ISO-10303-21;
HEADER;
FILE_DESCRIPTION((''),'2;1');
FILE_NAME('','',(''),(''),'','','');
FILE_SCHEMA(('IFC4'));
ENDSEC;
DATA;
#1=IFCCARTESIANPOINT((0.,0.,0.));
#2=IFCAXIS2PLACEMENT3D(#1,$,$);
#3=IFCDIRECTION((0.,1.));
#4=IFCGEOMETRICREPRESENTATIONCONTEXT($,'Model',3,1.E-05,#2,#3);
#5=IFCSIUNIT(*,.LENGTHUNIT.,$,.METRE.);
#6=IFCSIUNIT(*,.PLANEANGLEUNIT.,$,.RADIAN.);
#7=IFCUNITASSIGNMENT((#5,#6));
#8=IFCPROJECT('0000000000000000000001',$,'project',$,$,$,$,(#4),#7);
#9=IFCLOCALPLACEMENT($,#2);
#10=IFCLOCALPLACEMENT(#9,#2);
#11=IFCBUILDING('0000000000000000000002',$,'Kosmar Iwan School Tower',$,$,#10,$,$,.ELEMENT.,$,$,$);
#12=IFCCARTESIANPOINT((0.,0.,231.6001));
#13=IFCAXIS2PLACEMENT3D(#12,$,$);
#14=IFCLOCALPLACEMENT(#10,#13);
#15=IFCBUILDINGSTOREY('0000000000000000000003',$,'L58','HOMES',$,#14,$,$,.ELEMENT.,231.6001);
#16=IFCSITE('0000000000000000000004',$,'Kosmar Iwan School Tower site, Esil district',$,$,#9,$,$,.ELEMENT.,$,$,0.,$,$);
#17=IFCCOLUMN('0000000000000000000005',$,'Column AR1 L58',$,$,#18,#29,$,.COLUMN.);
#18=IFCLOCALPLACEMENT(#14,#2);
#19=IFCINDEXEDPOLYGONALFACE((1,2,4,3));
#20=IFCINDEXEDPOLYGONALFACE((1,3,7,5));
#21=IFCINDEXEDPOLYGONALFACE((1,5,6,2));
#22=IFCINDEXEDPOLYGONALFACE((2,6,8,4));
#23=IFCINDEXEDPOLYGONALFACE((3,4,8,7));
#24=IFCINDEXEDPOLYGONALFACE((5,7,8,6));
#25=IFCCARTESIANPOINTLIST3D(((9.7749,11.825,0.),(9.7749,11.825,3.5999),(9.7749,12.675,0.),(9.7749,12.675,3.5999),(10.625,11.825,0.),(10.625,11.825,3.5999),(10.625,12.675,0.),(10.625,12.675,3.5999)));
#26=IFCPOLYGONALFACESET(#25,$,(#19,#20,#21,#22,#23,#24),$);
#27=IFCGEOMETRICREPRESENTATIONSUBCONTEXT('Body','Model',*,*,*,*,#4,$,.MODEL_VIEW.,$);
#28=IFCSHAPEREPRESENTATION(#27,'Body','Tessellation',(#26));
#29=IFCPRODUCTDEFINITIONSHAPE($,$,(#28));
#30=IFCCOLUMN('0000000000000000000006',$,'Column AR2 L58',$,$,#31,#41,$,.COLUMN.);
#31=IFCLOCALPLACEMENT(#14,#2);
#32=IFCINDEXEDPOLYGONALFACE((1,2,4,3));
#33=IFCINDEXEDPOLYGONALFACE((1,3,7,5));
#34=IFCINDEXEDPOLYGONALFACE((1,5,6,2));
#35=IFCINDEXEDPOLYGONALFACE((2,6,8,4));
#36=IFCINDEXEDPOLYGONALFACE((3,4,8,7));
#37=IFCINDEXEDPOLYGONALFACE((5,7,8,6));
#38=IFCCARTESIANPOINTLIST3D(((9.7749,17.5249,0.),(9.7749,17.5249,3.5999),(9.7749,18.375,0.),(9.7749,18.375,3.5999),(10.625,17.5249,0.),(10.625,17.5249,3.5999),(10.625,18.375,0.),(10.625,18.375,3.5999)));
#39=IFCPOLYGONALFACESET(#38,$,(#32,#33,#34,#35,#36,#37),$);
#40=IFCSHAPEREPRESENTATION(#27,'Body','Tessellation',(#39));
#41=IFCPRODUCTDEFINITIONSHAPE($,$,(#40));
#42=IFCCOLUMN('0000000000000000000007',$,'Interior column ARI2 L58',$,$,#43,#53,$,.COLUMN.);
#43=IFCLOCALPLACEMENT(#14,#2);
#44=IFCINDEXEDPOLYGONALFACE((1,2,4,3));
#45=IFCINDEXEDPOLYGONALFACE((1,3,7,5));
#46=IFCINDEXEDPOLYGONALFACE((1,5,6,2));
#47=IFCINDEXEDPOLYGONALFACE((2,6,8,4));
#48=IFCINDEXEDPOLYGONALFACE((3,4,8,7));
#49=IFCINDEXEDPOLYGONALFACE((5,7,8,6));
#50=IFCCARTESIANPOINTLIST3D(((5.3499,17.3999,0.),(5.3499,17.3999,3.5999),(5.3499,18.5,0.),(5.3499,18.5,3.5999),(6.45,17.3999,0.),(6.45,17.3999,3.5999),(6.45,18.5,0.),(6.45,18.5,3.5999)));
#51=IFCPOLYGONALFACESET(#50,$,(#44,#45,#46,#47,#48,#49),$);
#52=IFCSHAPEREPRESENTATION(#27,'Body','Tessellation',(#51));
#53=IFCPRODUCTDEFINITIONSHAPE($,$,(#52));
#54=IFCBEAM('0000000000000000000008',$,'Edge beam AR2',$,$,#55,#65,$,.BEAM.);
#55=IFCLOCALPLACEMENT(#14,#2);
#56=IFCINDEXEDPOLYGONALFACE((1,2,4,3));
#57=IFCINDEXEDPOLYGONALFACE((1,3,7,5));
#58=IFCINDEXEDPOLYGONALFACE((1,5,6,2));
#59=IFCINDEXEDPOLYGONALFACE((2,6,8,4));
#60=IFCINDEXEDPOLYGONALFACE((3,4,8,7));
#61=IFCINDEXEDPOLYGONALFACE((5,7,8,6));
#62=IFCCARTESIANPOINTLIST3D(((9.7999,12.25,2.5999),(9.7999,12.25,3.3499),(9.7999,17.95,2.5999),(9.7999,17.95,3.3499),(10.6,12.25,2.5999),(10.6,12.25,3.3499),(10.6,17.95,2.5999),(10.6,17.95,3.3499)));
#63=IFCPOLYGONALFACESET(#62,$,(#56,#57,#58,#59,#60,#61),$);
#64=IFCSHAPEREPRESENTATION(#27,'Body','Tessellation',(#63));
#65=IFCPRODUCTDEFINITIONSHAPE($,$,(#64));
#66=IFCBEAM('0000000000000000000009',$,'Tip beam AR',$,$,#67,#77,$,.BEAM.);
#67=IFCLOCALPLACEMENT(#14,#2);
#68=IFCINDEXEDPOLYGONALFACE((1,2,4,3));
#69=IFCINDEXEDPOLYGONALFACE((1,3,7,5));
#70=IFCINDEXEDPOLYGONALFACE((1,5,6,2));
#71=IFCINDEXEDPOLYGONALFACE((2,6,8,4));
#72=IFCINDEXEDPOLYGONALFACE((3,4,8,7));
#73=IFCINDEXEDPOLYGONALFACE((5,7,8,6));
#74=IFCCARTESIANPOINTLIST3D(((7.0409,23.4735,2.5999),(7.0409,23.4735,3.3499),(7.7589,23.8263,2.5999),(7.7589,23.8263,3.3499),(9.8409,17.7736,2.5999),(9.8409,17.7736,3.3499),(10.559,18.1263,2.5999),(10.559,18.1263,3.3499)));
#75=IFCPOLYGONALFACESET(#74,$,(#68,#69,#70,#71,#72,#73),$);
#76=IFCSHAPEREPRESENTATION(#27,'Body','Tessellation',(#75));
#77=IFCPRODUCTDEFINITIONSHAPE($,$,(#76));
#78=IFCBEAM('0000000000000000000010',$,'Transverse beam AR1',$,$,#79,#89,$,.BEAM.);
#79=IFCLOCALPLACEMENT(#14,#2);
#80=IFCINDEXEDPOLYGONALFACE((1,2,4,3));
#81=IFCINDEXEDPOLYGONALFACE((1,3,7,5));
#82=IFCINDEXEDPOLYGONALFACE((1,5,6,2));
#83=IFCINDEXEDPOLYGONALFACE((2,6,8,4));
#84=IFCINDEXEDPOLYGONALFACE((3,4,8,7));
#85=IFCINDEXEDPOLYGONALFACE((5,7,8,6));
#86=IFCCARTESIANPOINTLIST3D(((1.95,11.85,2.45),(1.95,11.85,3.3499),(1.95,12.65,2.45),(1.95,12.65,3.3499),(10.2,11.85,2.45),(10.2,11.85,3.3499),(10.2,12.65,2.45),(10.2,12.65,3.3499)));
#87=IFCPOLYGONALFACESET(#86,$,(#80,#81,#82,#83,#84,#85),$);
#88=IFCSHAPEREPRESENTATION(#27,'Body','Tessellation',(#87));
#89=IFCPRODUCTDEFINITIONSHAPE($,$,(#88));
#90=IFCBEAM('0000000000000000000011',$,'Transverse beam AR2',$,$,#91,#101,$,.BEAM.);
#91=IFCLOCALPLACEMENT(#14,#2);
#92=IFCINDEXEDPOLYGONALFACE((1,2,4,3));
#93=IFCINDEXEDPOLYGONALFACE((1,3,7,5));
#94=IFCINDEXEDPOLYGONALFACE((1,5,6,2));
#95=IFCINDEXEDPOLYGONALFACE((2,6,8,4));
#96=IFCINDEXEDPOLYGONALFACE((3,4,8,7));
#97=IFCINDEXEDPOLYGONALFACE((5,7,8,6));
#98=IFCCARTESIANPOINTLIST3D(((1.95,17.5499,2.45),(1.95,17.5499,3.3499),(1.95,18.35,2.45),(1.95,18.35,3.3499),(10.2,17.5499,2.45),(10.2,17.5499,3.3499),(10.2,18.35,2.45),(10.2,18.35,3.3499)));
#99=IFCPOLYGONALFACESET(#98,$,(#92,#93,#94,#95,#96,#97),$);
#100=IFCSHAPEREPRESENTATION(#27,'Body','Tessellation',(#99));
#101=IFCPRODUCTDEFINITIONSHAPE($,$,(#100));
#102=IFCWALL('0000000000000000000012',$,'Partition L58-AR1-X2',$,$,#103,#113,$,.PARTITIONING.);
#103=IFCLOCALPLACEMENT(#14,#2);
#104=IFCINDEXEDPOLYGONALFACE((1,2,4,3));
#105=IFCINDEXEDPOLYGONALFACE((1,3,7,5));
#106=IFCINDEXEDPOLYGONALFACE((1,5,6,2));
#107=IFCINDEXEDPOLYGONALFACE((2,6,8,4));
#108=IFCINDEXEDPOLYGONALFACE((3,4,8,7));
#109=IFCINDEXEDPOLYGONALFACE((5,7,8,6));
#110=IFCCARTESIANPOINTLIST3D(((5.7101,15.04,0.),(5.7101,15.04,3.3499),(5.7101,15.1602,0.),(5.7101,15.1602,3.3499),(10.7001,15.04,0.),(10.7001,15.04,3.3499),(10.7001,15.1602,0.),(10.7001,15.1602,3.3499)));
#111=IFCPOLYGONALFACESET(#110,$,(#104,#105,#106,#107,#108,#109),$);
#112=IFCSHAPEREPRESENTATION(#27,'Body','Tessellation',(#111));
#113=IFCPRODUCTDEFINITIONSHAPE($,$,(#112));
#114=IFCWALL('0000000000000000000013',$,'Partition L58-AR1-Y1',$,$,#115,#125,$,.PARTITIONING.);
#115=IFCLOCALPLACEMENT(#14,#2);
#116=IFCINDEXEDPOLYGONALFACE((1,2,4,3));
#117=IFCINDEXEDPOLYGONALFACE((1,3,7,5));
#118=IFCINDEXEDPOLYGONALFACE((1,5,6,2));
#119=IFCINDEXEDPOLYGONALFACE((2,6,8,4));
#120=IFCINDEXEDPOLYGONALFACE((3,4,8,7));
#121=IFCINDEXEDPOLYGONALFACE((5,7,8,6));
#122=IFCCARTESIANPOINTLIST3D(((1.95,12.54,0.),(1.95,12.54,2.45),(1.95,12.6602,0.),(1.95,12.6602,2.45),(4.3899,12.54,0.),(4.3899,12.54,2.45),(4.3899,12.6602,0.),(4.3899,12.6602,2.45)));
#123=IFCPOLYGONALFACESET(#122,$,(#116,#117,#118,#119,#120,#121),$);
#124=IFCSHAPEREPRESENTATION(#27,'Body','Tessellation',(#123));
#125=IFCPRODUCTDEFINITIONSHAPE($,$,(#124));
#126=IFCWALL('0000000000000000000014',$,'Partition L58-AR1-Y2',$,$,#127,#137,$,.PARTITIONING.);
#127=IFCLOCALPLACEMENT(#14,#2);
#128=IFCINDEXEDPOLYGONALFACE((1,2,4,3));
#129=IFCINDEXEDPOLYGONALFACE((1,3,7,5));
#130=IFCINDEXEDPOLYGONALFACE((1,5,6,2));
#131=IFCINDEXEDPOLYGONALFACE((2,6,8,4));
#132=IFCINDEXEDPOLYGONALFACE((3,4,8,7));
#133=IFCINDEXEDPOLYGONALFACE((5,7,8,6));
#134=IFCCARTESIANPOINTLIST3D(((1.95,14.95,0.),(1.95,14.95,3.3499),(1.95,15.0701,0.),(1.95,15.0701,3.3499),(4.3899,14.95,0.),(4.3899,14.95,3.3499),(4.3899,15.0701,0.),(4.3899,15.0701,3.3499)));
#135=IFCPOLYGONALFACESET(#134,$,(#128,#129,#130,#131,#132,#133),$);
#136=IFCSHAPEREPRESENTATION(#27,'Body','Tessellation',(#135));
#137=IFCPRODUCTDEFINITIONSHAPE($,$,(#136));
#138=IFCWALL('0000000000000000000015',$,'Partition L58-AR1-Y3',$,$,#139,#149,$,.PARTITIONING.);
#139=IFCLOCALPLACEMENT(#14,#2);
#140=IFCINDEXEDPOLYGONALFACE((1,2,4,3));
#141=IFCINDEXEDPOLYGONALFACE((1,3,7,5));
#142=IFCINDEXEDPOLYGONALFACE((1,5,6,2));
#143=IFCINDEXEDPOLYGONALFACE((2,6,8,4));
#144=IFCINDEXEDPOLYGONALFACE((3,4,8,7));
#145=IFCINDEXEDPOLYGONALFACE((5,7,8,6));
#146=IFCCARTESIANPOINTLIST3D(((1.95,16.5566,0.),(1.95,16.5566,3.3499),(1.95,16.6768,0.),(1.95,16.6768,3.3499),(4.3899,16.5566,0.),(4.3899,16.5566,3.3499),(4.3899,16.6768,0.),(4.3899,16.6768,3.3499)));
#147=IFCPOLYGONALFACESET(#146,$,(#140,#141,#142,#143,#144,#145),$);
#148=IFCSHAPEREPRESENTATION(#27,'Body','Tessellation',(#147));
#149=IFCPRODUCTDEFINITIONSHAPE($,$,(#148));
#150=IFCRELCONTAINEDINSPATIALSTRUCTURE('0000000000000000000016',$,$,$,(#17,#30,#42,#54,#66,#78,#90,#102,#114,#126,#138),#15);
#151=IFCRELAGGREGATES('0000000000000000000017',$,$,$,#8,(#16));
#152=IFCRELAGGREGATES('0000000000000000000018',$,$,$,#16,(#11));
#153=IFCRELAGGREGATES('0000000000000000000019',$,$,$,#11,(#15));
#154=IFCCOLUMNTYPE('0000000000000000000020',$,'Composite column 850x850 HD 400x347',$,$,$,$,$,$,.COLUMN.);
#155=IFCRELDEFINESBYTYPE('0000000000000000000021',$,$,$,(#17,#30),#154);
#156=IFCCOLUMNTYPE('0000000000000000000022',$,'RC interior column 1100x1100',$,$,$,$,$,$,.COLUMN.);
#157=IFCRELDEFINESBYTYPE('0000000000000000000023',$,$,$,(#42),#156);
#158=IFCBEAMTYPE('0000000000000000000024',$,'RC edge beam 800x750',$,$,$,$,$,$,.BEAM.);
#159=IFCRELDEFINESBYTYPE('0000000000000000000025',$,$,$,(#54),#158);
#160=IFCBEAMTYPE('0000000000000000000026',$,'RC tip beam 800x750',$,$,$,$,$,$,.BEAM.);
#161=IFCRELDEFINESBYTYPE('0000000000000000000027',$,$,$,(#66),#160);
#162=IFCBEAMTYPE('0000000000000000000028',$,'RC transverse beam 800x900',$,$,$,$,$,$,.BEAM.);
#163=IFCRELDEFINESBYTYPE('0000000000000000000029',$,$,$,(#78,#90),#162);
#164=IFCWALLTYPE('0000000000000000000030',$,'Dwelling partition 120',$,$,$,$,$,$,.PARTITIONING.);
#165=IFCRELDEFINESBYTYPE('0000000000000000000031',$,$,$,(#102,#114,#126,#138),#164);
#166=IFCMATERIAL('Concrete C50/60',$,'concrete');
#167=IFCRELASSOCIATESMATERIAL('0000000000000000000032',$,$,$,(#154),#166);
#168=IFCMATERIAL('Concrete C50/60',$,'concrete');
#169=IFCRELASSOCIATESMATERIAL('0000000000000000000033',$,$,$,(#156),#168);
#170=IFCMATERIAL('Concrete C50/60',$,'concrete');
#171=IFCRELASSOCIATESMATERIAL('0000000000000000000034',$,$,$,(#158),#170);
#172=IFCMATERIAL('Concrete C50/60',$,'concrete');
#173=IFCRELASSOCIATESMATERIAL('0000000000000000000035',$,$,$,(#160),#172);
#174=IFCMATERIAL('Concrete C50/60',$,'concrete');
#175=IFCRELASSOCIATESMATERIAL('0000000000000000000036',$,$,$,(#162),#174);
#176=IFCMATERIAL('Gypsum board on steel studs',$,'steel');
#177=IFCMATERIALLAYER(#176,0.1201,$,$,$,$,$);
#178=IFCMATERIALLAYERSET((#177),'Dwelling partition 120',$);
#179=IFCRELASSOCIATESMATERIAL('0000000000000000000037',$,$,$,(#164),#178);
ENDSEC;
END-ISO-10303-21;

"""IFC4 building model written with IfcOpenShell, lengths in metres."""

from ifc_helpers import new_model, si_unit, direction, frame, frame_2d, origin, origin_2d, place, context, subcontext, project, spatial, rectangle, extrude, material, layer, layer_set, material_profile, profile_set, type_object, element, save


model = new_model("IFC4")

# Units and contexts
model_context = context("Model", 3, precision=1e-05, world=origin(), true_north=direction((0.0, 1.0)))
body_context = subcontext(model_context, "Body", "Model", "MODEL_VIEW")
ifc_project = project(units=[si_unit("LENGTHUNIT", "METRE"), si_unit("PLANEANGLEUNIT", "RADIAN")], contexts=[model_context])

# Site, building, storey
site_placement = place(None, origin())
site = spatial("IfcSite", under=ifc_project, at=site_placement, Name="Kosmar Iwan School Tower site, Esil district", CompositionType="ELEMENT", RefElevation=0.0)
building_placement = place(site_placement, origin())
building = spatial("IfcBuilding", under=site, at=building_placement, Name="Kosmar Iwan School Tower", CompositionType="ELEMENT")
storey_placement = place(building_placement, frame((0.0, 0.0, 231.6001)))
storey = spatial("IfcBuildingStorey", under=building, at=storey_placement, Name="L58", Description="HOMES", CompositionType="ELEMENT", Elevation=231.6001)

# Columns
ifc_material_1 = material(Name="Concrete C50/60", Category="concrete")
ifc_material_profile_1 = material_profile(ifc_material_1, rectangle(XDim=0.8501, YDim=0.8501, at=origin_2d()), Name="RC 850x850 + HD 400x347")
ifc_profile_set_1 = profile_set([ifc_material_profile_1], Name="Concrete C50/60")
column_type_1 = type_object("IfcColumnType", Name="Composite column 850x850 HD 400x347", PredefinedType="COLUMN", material=ifc_profile_set_1)
for number, where, z_axis, x_axis, name in (
    (1, (10.2, 12.25, 0.0), (0.0, 0.0, 1.0), (0.0, 1.0, 0.0), "Column AR1 L58"),
    (2, (10.2, 17.95, 0.0), (0.0, 0.0, 1.0), (0.0, 1.0, 0.0), "Column AR2 L58"),
):
    element("IfcColumn", number, at=place(storey_placement, frame(where, z_axis=z_axis, x_axis=x_axis)), inside=storey, type_object=column_type_1, Name=name, PredefinedType="COLUMN", context=body_context, shape_type="SweptSolid", body=[
        extrude(rectangle(XDim=0.8501, YDim=0.8501, at=origin_2d()), origin(), (0.0, 0.0, 1.0), 3.5999),
    ])
ifc_material_2 = material(Name="Concrete C50/60", Category="concrete")
ifc_material_profile_2 = material_profile(ifc_material_2, rectangle(XDim=1.1001, YDim=1.1001, at=origin_2d()), Name="RC 1100x1100")
ifc_profile_set_2 = profile_set([ifc_material_profile_2], Name="Concrete C50/60")
column_type_2 = type_object("IfcColumnType", Name="RC interior column 1100x1100", PredefinedType="COLUMN", material=ifc_profile_set_2)
column_placement = place(storey_placement, frame((5.8999, 17.95, 0.0), z_axis=(0.0, 0.0, 1.0), x_axis=(0.0, 1.0, 0.0)))
element("IfcColumn", 3, at=column_placement, inside=storey, type_object=column_type_2, Name="Interior column ARI2 L58", PredefinedType="COLUMN", context=body_context, shape_type="SweptSolid", body=[
    extrude(rectangle(XDim=1.1001, YDim=1.1001, at=origin_2d()), origin(), (0.0, 0.0, 1.0), 3.5999),
])

# Beams
ifc_material_3 = material(Name="Concrete C50/60", Category="concrete")
ifc_material_profile_3 = material_profile(ifc_material_3, rectangle(XDim=0.8, YDim=0.75, at=origin_2d()), Name="RC 800x750")
ifc_profile_set_3 = profile_set([ifc_material_profile_3], Name="Concrete C50/60")
beam_type_1 = type_object("IfcBeamType", Name="RC edge beam 800x750", PredefinedType="BEAM", material=ifc_profile_set_3)
beam_1_placement = place(storey_placement, frame((10.2, 12.25, 2.9749), z_axis=(0.0, 1.0, 0.0), x_axis=(-1.0, 0.0, 0.0)))
element("IfcBeam", 4, at=beam_1_placement, inside=storey, type_object=beam_type_1, Name="Edge beam AR2", PredefinedType="BEAM", context=body_context, shape_type="SweptSolid", body=[
    extrude(rectangle(XDim=0.8, YDim=0.75, at=origin_2d()), origin(), (0.0, 0.0, 1.0), 5.7),
])
ifc_material_4 = material(Name="Concrete C50/60", Category="concrete")
ifc_material_profile_4 = material_profile(ifc_material_4, rectangle(XDim=0.8, YDim=0.75, at=origin_2d()), Name="RC 800x750")
ifc_profile_set_4 = profile_set([ifc_material_profile_4], Name="Concrete C50/60")
beam_type_2 = type_object("IfcBeamType", Name="RC tip beam 800x750", PredefinedType="BEAM", material=ifc_profile_set_4)
beam_2_placement = place(storey_placement, frame((10.2, 17.95, 2.9749), z_axis=(-0.440913, 0.89755, 0.0), x_axis=(-0.89755, -0.440913, 0.0)))
element("IfcBeam", 5, at=beam_2_placement, inside=storey, type_object=beam_type_2, Name="Tip beam AR", PredefinedType="BEAM", context=body_context, shape_type="SweptSolid", body=[
    extrude(rectangle(XDim=0.8, YDim=0.75, at=origin_2d()), origin(), (0.0, 0.0, 1.0), 6.3506),
])
ifc_material_5 = material(Name="Concrete C50/60", Category="concrete")
ifc_material_profile_5 = material_profile(ifc_material_5, rectangle(XDim=0.8, YDim=0.8999, at=origin_2d()), Name="RC 800x900")
ifc_profile_set_5 = profile_set([ifc_material_profile_5], Name="Concrete C50/60")
beam_type_3 = type_object("IfcBeamType", Name="RC transverse beam 800x900", PredefinedType="BEAM", material=ifc_profile_set_5)
for number, where, z_axis, x_axis, name in (
    (6, (10.2, 12.25, 2.8999), (-1.0, 0.0, 0.0), (0.0, -1.0, 0.0), "Transverse beam AR1"),
    (7, (10.2, 17.95, 2.8999), (-1.0, 0.0, 0.0), (0.0, -1.0, 0.0), "Transverse beam AR2"),
):
    element("IfcBeam", number, at=place(storey_placement, frame(where, z_axis=z_axis, x_axis=x_axis)), inside=storey, type_object=beam_type_3, Name=name, PredefinedType="BEAM", context=body_context, shape_type="SweptSolid", body=[
        extrude(rectangle(XDim=0.8, YDim=0.8999, at=origin_2d()), origin(), (0.0, 0.0, 1.0), 8.25),
    ])

# Walls
ifc_material_6 = material(Name="Gypsum board on steel studs", Category="steel")
ifc_layer = layer(ifc_material_6, 0.1201)
ifc_layer_set = layer_set([ifc_layer], Name="Dwelling partition 120")
wall_type = type_object("IfcWallType", Name="Dwelling partition 120", PredefinedType="PARTITIONING", material=ifc_layer_set)
wall_1_placement = place(storey_placement, frame((5.71, 15.1001, 0.0), z_axis=(0.0, 0.0, 1.0), x_axis=(1.0, 0.0, 0.0)))
element("IfcWall", 8, at=wall_1_placement, inside=storey, type_object=wall_type, Name="Partition L58-AR1-X2", PredefinedType="PARTITIONING", context=body_context, shape_type="SweptSolid", body=[
    extrude(rectangle(XDim=4.99, YDim=0.1201, at=frame_2d((2.4951, 0.0))), origin(), (0.0, 0.0, 1.0), 3.3499),
])
wall_2_placement = place(storey_placement, frame((1.95, 12.6001, 0.0), z_axis=(0.0, 0.0, 1.0), x_axis=(1.0, 0.0, 0.0)))
element("IfcWall", 9, at=wall_2_placement, inside=storey, type_object=wall_type, Name="Partition L58-AR1-Y1", PredefinedType="PARTITIONING", context=body_context, shape_type="SweptSolid", body=[
    extrude(rectangle(XDim=2.4399, YDim=0.1201, at=frame_2d((1.22, 0.0))), origin(), (0.0, 0.0, 1.0), 2.45),
])
for number, where, z_axis, x_axis, name in (
    (10, (1.95, 15.01, 0.0), (0.0, 0.0, 1.0), (1.0, 0.0, 0.0), "Partition L58-AR1-Y2"),
    (11, (1.95, 16.6167, 0.0), (0.0, 0.0, 1.0), (1.0, 0.0, 0.0), "Partition L58-AR1-Y3"),
):
    element("IfcWall", number, at=place(storey_placement, frame(where, z_axis=z_axis, x_axis=x_axis)), inside=storey, type_object=wall_type, Name=name, PredefinedType="PARTITIONING", context=body_context, shape_type="SweptSolid", body=[
        extrude(rectangle(XDim=2.4399, YDim=0.1201, at=frame_2d((1.22, 0.0))), origin(), (0.0, 0.0, 1.0), 3.3499),
    ])

save(model, "model.ifc")
